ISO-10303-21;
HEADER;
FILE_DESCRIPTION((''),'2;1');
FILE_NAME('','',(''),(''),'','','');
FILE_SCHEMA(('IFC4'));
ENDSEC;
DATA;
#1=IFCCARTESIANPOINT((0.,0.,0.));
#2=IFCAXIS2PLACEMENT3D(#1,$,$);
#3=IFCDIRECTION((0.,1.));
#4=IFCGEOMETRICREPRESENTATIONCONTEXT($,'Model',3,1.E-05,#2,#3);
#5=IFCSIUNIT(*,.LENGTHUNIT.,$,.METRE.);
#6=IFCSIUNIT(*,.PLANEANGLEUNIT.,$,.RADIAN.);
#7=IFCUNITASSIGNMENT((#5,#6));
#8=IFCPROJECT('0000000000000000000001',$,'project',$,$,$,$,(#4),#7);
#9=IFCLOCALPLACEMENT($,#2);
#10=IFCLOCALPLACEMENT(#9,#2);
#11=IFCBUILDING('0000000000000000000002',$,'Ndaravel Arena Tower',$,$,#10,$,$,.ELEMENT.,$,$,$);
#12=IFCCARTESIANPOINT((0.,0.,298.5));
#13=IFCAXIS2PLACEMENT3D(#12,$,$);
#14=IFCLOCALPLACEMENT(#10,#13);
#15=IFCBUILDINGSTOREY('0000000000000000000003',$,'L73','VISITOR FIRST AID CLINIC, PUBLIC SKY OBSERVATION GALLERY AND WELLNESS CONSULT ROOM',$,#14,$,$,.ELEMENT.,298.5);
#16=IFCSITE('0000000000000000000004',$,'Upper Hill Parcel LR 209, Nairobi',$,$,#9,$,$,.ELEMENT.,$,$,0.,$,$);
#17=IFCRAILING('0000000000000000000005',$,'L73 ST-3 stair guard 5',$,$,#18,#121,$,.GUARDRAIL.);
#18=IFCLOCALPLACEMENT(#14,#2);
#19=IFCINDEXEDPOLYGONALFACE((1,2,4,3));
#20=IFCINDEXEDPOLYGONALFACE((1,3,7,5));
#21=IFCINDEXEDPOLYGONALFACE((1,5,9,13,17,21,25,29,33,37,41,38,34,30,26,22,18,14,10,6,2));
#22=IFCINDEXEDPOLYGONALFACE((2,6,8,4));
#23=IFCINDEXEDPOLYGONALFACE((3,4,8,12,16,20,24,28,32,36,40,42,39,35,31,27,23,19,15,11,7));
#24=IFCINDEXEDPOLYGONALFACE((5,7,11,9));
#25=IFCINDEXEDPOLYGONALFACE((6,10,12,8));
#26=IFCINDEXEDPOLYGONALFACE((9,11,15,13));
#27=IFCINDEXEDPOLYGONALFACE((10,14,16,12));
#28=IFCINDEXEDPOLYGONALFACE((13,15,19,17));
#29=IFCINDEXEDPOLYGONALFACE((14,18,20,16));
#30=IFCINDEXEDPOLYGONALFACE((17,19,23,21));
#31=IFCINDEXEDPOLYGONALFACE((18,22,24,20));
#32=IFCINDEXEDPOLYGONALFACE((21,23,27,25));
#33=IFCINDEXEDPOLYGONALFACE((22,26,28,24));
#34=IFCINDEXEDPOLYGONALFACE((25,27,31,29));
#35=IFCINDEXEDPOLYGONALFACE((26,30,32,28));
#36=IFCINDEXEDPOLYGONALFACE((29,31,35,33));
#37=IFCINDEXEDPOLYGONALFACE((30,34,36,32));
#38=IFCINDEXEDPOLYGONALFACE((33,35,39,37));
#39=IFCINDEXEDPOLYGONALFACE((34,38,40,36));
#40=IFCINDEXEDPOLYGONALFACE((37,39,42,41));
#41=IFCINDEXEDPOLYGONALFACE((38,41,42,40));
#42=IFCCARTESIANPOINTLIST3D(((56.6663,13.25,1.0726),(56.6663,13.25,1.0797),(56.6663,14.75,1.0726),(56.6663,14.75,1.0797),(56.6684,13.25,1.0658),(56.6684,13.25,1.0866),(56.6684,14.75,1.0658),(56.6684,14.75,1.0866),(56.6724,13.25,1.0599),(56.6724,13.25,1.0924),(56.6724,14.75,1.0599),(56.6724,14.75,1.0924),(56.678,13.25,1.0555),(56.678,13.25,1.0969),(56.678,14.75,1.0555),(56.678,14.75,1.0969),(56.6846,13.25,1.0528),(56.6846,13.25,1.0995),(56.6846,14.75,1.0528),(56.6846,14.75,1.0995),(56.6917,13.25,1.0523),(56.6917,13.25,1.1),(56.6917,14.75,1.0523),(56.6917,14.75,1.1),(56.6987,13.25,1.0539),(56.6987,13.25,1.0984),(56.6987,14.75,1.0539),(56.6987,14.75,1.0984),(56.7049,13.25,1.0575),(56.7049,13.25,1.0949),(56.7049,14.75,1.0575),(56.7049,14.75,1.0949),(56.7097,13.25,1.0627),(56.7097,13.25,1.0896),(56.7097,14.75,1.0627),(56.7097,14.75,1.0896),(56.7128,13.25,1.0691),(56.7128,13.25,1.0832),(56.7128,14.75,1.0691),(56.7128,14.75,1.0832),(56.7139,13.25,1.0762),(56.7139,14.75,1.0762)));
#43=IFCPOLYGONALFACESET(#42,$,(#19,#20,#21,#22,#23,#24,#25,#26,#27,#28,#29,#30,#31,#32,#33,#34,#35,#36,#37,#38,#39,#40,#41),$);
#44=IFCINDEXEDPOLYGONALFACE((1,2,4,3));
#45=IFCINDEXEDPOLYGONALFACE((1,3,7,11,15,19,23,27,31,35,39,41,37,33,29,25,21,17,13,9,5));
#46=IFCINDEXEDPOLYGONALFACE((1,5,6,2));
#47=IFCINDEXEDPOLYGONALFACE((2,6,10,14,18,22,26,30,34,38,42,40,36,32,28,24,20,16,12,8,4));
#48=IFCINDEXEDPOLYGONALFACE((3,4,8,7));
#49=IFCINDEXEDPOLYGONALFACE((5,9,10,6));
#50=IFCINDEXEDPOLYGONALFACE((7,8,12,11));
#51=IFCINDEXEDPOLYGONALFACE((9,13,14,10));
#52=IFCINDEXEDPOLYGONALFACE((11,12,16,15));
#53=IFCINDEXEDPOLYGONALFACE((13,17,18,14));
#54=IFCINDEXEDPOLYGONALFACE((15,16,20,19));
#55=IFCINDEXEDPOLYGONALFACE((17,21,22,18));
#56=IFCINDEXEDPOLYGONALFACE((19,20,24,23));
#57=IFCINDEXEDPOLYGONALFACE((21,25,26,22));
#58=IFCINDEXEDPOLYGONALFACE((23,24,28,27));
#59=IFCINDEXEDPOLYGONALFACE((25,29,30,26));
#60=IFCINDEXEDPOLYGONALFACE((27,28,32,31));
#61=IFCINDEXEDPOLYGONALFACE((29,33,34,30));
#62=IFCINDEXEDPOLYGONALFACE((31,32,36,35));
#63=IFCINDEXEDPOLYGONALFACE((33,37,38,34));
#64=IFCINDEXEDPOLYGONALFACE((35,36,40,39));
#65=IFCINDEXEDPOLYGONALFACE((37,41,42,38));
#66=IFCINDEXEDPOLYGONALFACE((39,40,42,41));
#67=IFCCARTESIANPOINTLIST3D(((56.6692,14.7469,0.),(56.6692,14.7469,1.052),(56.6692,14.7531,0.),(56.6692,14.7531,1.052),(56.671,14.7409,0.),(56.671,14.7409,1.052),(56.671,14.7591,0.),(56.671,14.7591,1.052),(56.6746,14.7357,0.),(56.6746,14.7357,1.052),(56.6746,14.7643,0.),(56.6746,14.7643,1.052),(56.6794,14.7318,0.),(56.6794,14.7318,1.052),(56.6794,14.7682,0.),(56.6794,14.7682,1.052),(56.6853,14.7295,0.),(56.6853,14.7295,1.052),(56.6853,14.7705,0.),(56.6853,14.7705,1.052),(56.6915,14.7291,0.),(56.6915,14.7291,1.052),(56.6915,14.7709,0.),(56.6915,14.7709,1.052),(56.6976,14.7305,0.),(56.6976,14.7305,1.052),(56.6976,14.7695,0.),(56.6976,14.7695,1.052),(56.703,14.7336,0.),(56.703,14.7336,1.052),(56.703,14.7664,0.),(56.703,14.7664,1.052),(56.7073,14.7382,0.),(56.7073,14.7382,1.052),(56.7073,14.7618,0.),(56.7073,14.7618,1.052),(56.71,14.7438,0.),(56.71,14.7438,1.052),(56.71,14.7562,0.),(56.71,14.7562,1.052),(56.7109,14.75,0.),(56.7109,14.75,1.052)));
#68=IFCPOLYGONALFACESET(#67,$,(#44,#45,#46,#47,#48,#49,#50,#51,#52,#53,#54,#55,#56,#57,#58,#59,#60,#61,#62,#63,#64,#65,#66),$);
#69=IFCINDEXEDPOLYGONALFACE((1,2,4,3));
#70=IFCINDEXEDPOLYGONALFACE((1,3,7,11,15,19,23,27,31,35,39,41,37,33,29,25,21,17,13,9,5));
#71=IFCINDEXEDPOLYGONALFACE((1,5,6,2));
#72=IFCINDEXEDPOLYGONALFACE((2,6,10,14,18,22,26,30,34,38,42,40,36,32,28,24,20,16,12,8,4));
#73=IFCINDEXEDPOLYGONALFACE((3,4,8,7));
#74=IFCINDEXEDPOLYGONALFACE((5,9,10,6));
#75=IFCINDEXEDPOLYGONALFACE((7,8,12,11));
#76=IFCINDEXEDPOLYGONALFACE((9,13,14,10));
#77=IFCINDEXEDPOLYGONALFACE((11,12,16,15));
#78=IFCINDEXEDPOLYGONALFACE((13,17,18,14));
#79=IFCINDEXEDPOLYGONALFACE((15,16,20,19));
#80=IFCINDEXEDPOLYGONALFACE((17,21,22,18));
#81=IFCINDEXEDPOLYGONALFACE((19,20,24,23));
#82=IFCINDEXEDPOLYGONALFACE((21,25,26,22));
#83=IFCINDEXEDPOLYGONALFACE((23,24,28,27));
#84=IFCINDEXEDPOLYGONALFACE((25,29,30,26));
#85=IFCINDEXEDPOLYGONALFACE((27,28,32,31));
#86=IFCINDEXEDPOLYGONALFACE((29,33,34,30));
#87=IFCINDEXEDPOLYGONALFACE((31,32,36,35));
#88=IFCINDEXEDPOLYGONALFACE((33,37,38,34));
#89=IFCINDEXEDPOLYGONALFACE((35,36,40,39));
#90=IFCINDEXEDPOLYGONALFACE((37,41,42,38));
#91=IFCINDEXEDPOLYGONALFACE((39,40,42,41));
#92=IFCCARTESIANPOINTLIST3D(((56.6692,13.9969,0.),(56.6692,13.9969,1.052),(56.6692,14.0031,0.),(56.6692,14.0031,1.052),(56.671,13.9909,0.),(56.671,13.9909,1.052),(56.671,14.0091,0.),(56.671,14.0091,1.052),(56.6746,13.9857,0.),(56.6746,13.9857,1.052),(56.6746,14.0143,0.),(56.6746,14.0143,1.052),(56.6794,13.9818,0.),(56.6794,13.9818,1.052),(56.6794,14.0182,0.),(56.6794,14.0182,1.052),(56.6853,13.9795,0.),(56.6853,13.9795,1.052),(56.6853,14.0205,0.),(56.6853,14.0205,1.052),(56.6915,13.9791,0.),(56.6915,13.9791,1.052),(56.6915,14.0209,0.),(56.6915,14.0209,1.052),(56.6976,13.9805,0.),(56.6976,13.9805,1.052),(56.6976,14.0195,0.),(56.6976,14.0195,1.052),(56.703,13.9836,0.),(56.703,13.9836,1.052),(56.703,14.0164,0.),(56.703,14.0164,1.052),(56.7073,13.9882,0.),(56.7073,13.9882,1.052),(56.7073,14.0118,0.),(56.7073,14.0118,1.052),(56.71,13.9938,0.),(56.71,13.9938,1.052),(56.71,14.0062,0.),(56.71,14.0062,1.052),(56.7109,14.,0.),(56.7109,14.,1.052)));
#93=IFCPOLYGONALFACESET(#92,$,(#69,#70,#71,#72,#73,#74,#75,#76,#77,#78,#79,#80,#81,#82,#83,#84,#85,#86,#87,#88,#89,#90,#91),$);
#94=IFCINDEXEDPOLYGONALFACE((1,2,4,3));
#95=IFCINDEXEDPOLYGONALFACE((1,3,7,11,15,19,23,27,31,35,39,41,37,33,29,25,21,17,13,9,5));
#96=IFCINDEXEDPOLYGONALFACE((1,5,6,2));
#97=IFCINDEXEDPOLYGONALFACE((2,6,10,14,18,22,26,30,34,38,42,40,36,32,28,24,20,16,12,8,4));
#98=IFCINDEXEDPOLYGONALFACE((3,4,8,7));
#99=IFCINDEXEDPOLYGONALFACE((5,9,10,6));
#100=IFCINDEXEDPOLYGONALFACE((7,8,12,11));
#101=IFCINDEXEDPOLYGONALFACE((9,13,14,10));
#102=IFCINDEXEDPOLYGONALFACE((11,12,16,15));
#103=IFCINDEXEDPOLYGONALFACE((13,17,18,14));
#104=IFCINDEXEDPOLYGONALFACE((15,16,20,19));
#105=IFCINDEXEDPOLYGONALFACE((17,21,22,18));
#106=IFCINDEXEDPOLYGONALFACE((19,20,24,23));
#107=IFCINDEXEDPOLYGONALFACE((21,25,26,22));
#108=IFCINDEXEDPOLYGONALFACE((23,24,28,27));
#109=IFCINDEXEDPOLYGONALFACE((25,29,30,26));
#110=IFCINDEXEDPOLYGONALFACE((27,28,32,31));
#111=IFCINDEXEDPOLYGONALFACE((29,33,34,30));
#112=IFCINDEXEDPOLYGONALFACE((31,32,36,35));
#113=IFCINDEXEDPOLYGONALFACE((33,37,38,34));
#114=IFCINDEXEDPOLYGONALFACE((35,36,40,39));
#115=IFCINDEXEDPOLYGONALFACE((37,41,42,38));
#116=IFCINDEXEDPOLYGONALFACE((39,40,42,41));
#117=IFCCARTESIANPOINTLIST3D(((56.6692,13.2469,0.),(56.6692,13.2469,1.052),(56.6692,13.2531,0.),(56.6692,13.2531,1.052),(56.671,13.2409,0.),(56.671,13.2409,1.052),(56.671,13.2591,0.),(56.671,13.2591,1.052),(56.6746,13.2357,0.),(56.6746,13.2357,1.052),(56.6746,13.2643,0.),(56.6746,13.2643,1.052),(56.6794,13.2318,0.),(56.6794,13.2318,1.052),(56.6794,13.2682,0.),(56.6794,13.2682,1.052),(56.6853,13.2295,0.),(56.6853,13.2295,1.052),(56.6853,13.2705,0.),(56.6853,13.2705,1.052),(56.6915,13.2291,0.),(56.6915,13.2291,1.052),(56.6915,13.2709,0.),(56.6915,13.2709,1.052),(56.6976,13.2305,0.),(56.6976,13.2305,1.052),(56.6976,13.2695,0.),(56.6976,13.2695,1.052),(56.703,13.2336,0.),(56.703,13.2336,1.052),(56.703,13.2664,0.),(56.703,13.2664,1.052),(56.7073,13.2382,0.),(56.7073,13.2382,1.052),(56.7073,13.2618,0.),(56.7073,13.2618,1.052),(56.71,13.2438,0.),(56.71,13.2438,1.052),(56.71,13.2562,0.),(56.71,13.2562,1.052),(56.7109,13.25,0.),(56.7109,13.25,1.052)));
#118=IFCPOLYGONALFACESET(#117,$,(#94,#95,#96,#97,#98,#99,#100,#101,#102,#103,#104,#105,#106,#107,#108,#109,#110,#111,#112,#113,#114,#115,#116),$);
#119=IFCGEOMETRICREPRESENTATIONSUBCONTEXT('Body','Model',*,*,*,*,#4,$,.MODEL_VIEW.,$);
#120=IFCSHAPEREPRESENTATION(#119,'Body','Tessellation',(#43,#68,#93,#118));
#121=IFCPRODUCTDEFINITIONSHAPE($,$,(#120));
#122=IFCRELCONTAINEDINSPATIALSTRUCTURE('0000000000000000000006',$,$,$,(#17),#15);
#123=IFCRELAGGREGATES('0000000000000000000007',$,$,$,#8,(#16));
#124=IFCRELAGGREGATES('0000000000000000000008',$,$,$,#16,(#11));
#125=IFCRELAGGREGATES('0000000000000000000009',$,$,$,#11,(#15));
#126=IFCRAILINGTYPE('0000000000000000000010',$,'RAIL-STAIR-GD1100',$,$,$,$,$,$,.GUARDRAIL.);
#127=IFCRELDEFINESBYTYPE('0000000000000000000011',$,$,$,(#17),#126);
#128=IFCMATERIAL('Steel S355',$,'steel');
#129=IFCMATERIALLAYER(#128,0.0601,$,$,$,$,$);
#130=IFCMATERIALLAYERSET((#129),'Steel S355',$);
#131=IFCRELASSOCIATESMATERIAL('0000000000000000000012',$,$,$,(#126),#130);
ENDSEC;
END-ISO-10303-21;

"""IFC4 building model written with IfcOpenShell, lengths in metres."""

from ifc_helpers import new_model, si_unit, direction, frame, origin, origin_2d, place, context, subcontext, project, spatial, circle, extrude, material, layer, layer_set, type_object, element, save


model = new_model("IFC4")

# Units and contexts
model_context = context("Model", 3, precision=1e-05, world=origin(), true_north=direction((0.0, 1.0)))
body_context = subcontext(model_context, "Body", "Model", "MODEL_VIEW")
ifc_project = project(units=[si_unit("LENGTHUNIT", "METRE"), si_unit("PLANEANGLEUNIT", "RADIAN")], contexts=[model_context])

# Site, building, storey
site_placement = place(None, origin())
site = spatial("IfcSite", under=ifc_project, at=site_placement, Name="Upper Hill Parcel LR 209, Nairobi", CompositionType="ELEMENT", RefElevation=0.0)
building_placement = place(site_placement, origin())
building = spatial("IfcBuilding", under=site, at=building_placement, Name="Ndaravel Arena Tower", CompositionType="ELEMENT")
storey_placement = place(building_placement, frame((0.0, 0.0, 298.5)))
storey = spatial("IfcBuildingStorey", under=building, at=storey_placement, Name="L73", Description="VISITOR FIRST AID CLINIC, PUBLIC SKY OBSERVATION GALLERY AND WELLNESS CONSULT ROOM", CompositionType="ELEMENT", Elevation=298.5)

# Railing
ifc_material_1 = material(Name="Steel S355", Category="steel")
ifc_layer_1 = layer(ifc_material_1, 0.0601)
ifc_layer_set_1 = layer_set([ifc_layer_1], Name="Steel S355")
railing_type = type_object("IfcRailingType", Name="RAIL-STAIR-GD1100", PredefinedType="GUARDRAIL", material=ifc_layer_set_1)
railing_1_placement = place(storey_placement, frame((56.6899, 14.75, 0.0)))
element("IfcRailing", 1, at=railing_1_placement, inside=storey, type_object=railing_type, Name="L73 ST-3 stair guard 5", PredefinedType="GUARDRAIL", context=body_context, shape_type="SweptSolid", body=[
    extrude(circle(Radius=0.0239, at=origin_2d()), frame((0.0, 0.0, 1.0762), z_axis=(0.0, -1.0, 0.0), x_axis=(1.0, 0.0, 0.0)), (0.0, 0.0, 1.0), 1.5),
    extrude(circle(Radius=0.021, at=origin_2d()), origin(), (0.0, 0.0, 1.0), 1.052),
    extrude(circle(Radius=0.021, at=origin_2d()), frame((0.0, -0.75, 0.0)), (0.0, 0.0, 1.0), 1.052),
    extrude(circle(Radius=0.021, at=origin_2d()), frame((0.0, -1.5, 0.0)), (0.0, 0.0, 1.0), 1.052),
])

save(model, "model.ifc")
